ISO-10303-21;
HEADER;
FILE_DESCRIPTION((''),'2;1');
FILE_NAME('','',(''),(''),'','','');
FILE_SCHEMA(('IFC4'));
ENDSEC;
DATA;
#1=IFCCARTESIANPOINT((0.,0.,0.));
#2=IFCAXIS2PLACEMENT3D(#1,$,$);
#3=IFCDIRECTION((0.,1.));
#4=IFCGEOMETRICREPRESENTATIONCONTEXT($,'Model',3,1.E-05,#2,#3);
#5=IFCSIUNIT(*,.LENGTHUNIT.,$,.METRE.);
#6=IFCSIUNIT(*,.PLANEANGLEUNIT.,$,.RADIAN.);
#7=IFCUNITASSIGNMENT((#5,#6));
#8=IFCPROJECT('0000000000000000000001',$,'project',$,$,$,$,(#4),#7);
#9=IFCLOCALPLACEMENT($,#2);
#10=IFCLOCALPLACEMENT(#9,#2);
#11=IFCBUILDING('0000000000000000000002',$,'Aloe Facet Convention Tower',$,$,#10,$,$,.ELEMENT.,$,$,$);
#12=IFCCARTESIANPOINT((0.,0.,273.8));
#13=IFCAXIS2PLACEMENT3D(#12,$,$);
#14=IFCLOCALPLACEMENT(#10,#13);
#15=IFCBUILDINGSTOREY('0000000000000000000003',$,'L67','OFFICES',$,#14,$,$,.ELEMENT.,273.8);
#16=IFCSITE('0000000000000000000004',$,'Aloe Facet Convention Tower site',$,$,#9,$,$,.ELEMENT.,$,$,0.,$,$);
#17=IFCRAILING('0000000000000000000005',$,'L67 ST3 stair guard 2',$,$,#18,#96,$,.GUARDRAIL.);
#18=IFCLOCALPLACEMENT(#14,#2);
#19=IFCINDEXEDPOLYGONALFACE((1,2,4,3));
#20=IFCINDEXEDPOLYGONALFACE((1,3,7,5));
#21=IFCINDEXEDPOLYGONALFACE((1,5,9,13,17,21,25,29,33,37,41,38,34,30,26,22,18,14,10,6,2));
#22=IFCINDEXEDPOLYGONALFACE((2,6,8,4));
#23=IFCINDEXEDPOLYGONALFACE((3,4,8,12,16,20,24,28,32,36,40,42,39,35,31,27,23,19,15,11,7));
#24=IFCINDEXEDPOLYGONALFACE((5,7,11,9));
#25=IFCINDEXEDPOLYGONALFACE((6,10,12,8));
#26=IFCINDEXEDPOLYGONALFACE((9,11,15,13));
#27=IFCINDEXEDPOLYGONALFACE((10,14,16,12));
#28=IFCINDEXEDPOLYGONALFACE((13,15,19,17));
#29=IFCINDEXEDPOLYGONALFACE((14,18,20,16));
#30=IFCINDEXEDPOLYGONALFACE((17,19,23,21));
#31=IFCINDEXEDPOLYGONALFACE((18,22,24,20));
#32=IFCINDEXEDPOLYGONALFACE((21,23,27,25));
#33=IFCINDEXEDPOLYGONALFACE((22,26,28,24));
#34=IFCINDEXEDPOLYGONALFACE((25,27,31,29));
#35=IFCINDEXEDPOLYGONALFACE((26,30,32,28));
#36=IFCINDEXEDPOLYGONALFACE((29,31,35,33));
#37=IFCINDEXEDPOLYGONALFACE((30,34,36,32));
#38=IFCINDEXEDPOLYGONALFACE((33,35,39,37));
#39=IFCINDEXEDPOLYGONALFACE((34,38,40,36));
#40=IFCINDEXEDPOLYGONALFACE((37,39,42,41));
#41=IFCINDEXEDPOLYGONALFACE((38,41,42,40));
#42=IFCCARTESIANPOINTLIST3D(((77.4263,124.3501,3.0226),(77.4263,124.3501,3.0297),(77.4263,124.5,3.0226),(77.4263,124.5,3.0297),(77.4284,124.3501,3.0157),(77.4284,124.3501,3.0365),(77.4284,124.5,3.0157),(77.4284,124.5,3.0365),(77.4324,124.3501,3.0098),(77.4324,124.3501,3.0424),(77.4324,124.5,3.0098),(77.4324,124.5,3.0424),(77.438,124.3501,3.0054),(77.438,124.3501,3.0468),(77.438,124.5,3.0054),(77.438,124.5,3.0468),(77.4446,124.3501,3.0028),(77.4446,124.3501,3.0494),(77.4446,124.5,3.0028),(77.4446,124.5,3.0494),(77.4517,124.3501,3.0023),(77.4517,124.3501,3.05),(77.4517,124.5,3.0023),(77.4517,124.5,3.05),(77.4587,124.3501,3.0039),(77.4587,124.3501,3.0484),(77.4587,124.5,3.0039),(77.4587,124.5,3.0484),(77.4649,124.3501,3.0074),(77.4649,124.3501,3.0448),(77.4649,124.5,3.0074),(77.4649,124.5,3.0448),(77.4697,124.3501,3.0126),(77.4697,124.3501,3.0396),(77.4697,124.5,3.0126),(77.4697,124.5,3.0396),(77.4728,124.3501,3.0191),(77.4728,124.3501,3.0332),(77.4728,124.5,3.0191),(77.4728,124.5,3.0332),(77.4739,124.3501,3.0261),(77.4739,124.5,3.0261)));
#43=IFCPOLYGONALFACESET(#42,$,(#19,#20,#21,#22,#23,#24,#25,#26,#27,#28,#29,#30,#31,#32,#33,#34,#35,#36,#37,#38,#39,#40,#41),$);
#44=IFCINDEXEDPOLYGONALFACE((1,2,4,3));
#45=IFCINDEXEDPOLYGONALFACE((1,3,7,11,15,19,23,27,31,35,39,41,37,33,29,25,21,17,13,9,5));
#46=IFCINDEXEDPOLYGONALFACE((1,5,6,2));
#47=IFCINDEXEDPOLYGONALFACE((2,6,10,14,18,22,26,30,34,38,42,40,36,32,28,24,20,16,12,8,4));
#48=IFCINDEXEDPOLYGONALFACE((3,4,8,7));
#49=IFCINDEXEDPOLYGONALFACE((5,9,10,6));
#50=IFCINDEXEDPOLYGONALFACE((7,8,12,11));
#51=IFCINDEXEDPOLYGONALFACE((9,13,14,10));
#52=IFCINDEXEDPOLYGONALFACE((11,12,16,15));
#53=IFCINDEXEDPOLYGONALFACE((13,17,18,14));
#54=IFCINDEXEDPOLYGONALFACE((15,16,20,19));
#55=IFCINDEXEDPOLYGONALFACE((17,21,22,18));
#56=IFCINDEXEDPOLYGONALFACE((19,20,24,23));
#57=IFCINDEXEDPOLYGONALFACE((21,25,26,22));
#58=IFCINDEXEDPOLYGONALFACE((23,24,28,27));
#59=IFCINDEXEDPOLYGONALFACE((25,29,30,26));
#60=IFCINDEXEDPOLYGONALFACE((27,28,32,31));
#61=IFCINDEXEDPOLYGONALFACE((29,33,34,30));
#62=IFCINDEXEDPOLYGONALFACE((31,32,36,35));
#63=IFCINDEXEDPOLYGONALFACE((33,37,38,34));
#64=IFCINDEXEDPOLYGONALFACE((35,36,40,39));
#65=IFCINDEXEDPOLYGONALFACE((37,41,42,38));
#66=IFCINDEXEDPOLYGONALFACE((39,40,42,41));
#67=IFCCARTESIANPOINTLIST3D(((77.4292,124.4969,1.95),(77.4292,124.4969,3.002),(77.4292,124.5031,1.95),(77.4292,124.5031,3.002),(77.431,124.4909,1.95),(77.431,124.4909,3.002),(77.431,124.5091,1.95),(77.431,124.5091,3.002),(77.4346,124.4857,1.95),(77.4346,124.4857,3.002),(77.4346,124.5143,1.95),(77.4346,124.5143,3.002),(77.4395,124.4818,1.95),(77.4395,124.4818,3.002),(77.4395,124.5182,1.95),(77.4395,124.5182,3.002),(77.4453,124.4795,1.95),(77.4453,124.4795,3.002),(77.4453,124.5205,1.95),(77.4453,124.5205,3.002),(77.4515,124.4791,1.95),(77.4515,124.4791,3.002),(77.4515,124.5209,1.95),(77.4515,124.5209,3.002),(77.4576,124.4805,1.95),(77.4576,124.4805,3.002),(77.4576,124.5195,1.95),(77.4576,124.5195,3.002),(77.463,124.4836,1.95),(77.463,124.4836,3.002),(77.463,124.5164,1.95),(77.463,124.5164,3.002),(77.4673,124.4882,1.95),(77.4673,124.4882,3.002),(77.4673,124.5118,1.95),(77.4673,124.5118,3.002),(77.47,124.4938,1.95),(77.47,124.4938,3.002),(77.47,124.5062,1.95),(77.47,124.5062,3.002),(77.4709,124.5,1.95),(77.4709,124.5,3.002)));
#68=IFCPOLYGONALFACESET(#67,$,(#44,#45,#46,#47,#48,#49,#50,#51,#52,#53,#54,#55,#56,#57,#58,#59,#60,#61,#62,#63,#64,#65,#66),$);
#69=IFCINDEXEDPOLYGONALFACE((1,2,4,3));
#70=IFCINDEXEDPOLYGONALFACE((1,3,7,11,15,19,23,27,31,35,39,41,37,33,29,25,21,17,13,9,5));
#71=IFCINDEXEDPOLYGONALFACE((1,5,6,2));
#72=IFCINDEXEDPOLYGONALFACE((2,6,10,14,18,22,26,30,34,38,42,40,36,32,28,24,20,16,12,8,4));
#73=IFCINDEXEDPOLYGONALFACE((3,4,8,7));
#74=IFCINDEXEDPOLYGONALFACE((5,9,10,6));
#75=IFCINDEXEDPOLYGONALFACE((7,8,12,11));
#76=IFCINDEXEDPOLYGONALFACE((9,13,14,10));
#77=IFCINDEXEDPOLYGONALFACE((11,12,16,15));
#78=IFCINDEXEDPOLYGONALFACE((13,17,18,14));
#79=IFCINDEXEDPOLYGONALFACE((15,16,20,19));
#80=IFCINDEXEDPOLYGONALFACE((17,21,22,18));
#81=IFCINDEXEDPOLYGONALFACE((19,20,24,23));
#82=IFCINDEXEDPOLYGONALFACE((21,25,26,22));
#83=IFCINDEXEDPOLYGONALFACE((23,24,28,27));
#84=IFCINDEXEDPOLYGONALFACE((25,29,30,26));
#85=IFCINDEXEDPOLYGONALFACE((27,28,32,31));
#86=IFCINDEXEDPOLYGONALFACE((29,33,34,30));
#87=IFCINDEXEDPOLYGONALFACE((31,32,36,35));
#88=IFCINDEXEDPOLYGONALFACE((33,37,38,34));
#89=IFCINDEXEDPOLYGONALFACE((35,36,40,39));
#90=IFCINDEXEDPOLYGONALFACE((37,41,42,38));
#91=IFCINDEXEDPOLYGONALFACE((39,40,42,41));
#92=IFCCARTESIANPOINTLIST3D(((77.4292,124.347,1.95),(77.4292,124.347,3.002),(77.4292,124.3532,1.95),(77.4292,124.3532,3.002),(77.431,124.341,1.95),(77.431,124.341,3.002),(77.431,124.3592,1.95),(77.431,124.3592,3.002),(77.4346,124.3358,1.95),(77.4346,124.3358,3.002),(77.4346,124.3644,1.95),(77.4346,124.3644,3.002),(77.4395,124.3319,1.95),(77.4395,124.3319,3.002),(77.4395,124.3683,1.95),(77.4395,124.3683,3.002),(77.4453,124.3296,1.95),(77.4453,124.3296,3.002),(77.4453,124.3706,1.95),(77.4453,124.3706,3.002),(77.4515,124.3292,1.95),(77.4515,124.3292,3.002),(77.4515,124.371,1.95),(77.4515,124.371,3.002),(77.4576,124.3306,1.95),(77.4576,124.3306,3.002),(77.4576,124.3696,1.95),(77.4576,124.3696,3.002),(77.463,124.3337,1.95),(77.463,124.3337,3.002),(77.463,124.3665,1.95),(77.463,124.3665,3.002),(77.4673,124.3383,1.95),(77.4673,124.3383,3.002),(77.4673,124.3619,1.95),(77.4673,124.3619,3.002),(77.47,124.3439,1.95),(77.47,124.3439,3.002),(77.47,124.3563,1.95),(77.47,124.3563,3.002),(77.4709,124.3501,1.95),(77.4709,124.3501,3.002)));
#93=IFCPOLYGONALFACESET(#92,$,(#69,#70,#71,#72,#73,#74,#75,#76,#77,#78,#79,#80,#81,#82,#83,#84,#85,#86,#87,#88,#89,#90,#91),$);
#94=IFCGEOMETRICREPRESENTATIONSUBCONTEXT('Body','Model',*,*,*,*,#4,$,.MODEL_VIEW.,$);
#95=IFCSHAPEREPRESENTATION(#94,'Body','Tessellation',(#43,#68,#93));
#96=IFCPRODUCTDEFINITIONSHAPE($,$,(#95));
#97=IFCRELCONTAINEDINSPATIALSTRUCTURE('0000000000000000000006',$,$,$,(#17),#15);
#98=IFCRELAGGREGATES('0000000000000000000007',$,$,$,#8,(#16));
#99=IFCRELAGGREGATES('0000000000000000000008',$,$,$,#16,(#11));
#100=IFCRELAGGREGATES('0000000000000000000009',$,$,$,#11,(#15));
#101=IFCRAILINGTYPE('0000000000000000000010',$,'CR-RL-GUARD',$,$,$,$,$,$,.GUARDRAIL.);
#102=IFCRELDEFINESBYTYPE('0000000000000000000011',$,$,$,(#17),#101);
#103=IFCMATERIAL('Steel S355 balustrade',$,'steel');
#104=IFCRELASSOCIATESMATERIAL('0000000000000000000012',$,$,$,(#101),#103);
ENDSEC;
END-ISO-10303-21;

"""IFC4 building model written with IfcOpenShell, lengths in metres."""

from ifc_helpers import new_model, si_unit, direction, frame, origin, origin_2d, place, context, subcontext, project, spatial, circle, extrude, material, type_object, element, save


model = new_model("IFC4")

# Units and contexts
model_context = context("Model", 3, precision=1e-05, world=origin(), true_north=direction((0.0, 1.0)))
body_context = subcontext(model_context, "Body", "Model", "MODEL_VIEW")
ifc_project = project(units=[si_unit("LENGTHUNIT", "METRE"), si_unit("PLANEANGLEUNIT", "RADIAN")], contexts=[model_context])

# Site, building, storey
site_placement = place(None, origin())
site = spatial("IfcSite", under=ifc_project, at=site_placement, Name="Aloe Facet Convention Tower site", CompositionType="ELEMENT", RefElevation=0.0)
building_placement = place(site_placement, origin())
building = spatial("IfcBuilding", under=site, at=building_placement, Name="Aloe Facet Convention Tower", CompositionType="ELEMENT")
storey_placement = place(building_placement, frame((0.0, 0.0, 273.8)))
storey = spatial("IfcBuildingStorey", under=building, at=storey_placement, Name="L67", Description="OFFICES", CompositionType="ELEMENT", Elevation=273.8)

# Railing
ifc_material_1 = material(Name="Steel S355 balustrade", Category="steel")
railing_type_1 = type_object("IfcRailingType", Name="CR-RL-GUARD", PredefinedType="GUARDRAIL", material=ifc_material_1)
railing_1_placement = place(storey_placement, frame((77.45, 124.5, 1.95)))
element("IfcRailing", 1, at=railing_1_placement, inside=storey, type_object=railing_type_1, Name="L67 ST3 stair guard 2", PredefinedType="GUARDRAIL", context=body_context, shape_type="SweptSolid", body=[
    extrude(circle(Radius=0.0239, at=origin_2d()), frame((0.0, 0.0, 1.0762), z_axis=(0.0, -1.0, 0.0), x_axis=(1.0, 0.0, 0.0)), (0.0, 0.0, 1.0), 0.1499),
    extrude(circle(Radius=0.021, at=origin_2d()), origin(), (0.0, 0.0, 1.0), 1.052),
    extrude(circle(Radius=0.021, at=origin_2d()), frame((0.0, -0.1499, 0.0)), (0.0, 0.0, 1.0), 1.052),
])

save(model, "model.ifc")
